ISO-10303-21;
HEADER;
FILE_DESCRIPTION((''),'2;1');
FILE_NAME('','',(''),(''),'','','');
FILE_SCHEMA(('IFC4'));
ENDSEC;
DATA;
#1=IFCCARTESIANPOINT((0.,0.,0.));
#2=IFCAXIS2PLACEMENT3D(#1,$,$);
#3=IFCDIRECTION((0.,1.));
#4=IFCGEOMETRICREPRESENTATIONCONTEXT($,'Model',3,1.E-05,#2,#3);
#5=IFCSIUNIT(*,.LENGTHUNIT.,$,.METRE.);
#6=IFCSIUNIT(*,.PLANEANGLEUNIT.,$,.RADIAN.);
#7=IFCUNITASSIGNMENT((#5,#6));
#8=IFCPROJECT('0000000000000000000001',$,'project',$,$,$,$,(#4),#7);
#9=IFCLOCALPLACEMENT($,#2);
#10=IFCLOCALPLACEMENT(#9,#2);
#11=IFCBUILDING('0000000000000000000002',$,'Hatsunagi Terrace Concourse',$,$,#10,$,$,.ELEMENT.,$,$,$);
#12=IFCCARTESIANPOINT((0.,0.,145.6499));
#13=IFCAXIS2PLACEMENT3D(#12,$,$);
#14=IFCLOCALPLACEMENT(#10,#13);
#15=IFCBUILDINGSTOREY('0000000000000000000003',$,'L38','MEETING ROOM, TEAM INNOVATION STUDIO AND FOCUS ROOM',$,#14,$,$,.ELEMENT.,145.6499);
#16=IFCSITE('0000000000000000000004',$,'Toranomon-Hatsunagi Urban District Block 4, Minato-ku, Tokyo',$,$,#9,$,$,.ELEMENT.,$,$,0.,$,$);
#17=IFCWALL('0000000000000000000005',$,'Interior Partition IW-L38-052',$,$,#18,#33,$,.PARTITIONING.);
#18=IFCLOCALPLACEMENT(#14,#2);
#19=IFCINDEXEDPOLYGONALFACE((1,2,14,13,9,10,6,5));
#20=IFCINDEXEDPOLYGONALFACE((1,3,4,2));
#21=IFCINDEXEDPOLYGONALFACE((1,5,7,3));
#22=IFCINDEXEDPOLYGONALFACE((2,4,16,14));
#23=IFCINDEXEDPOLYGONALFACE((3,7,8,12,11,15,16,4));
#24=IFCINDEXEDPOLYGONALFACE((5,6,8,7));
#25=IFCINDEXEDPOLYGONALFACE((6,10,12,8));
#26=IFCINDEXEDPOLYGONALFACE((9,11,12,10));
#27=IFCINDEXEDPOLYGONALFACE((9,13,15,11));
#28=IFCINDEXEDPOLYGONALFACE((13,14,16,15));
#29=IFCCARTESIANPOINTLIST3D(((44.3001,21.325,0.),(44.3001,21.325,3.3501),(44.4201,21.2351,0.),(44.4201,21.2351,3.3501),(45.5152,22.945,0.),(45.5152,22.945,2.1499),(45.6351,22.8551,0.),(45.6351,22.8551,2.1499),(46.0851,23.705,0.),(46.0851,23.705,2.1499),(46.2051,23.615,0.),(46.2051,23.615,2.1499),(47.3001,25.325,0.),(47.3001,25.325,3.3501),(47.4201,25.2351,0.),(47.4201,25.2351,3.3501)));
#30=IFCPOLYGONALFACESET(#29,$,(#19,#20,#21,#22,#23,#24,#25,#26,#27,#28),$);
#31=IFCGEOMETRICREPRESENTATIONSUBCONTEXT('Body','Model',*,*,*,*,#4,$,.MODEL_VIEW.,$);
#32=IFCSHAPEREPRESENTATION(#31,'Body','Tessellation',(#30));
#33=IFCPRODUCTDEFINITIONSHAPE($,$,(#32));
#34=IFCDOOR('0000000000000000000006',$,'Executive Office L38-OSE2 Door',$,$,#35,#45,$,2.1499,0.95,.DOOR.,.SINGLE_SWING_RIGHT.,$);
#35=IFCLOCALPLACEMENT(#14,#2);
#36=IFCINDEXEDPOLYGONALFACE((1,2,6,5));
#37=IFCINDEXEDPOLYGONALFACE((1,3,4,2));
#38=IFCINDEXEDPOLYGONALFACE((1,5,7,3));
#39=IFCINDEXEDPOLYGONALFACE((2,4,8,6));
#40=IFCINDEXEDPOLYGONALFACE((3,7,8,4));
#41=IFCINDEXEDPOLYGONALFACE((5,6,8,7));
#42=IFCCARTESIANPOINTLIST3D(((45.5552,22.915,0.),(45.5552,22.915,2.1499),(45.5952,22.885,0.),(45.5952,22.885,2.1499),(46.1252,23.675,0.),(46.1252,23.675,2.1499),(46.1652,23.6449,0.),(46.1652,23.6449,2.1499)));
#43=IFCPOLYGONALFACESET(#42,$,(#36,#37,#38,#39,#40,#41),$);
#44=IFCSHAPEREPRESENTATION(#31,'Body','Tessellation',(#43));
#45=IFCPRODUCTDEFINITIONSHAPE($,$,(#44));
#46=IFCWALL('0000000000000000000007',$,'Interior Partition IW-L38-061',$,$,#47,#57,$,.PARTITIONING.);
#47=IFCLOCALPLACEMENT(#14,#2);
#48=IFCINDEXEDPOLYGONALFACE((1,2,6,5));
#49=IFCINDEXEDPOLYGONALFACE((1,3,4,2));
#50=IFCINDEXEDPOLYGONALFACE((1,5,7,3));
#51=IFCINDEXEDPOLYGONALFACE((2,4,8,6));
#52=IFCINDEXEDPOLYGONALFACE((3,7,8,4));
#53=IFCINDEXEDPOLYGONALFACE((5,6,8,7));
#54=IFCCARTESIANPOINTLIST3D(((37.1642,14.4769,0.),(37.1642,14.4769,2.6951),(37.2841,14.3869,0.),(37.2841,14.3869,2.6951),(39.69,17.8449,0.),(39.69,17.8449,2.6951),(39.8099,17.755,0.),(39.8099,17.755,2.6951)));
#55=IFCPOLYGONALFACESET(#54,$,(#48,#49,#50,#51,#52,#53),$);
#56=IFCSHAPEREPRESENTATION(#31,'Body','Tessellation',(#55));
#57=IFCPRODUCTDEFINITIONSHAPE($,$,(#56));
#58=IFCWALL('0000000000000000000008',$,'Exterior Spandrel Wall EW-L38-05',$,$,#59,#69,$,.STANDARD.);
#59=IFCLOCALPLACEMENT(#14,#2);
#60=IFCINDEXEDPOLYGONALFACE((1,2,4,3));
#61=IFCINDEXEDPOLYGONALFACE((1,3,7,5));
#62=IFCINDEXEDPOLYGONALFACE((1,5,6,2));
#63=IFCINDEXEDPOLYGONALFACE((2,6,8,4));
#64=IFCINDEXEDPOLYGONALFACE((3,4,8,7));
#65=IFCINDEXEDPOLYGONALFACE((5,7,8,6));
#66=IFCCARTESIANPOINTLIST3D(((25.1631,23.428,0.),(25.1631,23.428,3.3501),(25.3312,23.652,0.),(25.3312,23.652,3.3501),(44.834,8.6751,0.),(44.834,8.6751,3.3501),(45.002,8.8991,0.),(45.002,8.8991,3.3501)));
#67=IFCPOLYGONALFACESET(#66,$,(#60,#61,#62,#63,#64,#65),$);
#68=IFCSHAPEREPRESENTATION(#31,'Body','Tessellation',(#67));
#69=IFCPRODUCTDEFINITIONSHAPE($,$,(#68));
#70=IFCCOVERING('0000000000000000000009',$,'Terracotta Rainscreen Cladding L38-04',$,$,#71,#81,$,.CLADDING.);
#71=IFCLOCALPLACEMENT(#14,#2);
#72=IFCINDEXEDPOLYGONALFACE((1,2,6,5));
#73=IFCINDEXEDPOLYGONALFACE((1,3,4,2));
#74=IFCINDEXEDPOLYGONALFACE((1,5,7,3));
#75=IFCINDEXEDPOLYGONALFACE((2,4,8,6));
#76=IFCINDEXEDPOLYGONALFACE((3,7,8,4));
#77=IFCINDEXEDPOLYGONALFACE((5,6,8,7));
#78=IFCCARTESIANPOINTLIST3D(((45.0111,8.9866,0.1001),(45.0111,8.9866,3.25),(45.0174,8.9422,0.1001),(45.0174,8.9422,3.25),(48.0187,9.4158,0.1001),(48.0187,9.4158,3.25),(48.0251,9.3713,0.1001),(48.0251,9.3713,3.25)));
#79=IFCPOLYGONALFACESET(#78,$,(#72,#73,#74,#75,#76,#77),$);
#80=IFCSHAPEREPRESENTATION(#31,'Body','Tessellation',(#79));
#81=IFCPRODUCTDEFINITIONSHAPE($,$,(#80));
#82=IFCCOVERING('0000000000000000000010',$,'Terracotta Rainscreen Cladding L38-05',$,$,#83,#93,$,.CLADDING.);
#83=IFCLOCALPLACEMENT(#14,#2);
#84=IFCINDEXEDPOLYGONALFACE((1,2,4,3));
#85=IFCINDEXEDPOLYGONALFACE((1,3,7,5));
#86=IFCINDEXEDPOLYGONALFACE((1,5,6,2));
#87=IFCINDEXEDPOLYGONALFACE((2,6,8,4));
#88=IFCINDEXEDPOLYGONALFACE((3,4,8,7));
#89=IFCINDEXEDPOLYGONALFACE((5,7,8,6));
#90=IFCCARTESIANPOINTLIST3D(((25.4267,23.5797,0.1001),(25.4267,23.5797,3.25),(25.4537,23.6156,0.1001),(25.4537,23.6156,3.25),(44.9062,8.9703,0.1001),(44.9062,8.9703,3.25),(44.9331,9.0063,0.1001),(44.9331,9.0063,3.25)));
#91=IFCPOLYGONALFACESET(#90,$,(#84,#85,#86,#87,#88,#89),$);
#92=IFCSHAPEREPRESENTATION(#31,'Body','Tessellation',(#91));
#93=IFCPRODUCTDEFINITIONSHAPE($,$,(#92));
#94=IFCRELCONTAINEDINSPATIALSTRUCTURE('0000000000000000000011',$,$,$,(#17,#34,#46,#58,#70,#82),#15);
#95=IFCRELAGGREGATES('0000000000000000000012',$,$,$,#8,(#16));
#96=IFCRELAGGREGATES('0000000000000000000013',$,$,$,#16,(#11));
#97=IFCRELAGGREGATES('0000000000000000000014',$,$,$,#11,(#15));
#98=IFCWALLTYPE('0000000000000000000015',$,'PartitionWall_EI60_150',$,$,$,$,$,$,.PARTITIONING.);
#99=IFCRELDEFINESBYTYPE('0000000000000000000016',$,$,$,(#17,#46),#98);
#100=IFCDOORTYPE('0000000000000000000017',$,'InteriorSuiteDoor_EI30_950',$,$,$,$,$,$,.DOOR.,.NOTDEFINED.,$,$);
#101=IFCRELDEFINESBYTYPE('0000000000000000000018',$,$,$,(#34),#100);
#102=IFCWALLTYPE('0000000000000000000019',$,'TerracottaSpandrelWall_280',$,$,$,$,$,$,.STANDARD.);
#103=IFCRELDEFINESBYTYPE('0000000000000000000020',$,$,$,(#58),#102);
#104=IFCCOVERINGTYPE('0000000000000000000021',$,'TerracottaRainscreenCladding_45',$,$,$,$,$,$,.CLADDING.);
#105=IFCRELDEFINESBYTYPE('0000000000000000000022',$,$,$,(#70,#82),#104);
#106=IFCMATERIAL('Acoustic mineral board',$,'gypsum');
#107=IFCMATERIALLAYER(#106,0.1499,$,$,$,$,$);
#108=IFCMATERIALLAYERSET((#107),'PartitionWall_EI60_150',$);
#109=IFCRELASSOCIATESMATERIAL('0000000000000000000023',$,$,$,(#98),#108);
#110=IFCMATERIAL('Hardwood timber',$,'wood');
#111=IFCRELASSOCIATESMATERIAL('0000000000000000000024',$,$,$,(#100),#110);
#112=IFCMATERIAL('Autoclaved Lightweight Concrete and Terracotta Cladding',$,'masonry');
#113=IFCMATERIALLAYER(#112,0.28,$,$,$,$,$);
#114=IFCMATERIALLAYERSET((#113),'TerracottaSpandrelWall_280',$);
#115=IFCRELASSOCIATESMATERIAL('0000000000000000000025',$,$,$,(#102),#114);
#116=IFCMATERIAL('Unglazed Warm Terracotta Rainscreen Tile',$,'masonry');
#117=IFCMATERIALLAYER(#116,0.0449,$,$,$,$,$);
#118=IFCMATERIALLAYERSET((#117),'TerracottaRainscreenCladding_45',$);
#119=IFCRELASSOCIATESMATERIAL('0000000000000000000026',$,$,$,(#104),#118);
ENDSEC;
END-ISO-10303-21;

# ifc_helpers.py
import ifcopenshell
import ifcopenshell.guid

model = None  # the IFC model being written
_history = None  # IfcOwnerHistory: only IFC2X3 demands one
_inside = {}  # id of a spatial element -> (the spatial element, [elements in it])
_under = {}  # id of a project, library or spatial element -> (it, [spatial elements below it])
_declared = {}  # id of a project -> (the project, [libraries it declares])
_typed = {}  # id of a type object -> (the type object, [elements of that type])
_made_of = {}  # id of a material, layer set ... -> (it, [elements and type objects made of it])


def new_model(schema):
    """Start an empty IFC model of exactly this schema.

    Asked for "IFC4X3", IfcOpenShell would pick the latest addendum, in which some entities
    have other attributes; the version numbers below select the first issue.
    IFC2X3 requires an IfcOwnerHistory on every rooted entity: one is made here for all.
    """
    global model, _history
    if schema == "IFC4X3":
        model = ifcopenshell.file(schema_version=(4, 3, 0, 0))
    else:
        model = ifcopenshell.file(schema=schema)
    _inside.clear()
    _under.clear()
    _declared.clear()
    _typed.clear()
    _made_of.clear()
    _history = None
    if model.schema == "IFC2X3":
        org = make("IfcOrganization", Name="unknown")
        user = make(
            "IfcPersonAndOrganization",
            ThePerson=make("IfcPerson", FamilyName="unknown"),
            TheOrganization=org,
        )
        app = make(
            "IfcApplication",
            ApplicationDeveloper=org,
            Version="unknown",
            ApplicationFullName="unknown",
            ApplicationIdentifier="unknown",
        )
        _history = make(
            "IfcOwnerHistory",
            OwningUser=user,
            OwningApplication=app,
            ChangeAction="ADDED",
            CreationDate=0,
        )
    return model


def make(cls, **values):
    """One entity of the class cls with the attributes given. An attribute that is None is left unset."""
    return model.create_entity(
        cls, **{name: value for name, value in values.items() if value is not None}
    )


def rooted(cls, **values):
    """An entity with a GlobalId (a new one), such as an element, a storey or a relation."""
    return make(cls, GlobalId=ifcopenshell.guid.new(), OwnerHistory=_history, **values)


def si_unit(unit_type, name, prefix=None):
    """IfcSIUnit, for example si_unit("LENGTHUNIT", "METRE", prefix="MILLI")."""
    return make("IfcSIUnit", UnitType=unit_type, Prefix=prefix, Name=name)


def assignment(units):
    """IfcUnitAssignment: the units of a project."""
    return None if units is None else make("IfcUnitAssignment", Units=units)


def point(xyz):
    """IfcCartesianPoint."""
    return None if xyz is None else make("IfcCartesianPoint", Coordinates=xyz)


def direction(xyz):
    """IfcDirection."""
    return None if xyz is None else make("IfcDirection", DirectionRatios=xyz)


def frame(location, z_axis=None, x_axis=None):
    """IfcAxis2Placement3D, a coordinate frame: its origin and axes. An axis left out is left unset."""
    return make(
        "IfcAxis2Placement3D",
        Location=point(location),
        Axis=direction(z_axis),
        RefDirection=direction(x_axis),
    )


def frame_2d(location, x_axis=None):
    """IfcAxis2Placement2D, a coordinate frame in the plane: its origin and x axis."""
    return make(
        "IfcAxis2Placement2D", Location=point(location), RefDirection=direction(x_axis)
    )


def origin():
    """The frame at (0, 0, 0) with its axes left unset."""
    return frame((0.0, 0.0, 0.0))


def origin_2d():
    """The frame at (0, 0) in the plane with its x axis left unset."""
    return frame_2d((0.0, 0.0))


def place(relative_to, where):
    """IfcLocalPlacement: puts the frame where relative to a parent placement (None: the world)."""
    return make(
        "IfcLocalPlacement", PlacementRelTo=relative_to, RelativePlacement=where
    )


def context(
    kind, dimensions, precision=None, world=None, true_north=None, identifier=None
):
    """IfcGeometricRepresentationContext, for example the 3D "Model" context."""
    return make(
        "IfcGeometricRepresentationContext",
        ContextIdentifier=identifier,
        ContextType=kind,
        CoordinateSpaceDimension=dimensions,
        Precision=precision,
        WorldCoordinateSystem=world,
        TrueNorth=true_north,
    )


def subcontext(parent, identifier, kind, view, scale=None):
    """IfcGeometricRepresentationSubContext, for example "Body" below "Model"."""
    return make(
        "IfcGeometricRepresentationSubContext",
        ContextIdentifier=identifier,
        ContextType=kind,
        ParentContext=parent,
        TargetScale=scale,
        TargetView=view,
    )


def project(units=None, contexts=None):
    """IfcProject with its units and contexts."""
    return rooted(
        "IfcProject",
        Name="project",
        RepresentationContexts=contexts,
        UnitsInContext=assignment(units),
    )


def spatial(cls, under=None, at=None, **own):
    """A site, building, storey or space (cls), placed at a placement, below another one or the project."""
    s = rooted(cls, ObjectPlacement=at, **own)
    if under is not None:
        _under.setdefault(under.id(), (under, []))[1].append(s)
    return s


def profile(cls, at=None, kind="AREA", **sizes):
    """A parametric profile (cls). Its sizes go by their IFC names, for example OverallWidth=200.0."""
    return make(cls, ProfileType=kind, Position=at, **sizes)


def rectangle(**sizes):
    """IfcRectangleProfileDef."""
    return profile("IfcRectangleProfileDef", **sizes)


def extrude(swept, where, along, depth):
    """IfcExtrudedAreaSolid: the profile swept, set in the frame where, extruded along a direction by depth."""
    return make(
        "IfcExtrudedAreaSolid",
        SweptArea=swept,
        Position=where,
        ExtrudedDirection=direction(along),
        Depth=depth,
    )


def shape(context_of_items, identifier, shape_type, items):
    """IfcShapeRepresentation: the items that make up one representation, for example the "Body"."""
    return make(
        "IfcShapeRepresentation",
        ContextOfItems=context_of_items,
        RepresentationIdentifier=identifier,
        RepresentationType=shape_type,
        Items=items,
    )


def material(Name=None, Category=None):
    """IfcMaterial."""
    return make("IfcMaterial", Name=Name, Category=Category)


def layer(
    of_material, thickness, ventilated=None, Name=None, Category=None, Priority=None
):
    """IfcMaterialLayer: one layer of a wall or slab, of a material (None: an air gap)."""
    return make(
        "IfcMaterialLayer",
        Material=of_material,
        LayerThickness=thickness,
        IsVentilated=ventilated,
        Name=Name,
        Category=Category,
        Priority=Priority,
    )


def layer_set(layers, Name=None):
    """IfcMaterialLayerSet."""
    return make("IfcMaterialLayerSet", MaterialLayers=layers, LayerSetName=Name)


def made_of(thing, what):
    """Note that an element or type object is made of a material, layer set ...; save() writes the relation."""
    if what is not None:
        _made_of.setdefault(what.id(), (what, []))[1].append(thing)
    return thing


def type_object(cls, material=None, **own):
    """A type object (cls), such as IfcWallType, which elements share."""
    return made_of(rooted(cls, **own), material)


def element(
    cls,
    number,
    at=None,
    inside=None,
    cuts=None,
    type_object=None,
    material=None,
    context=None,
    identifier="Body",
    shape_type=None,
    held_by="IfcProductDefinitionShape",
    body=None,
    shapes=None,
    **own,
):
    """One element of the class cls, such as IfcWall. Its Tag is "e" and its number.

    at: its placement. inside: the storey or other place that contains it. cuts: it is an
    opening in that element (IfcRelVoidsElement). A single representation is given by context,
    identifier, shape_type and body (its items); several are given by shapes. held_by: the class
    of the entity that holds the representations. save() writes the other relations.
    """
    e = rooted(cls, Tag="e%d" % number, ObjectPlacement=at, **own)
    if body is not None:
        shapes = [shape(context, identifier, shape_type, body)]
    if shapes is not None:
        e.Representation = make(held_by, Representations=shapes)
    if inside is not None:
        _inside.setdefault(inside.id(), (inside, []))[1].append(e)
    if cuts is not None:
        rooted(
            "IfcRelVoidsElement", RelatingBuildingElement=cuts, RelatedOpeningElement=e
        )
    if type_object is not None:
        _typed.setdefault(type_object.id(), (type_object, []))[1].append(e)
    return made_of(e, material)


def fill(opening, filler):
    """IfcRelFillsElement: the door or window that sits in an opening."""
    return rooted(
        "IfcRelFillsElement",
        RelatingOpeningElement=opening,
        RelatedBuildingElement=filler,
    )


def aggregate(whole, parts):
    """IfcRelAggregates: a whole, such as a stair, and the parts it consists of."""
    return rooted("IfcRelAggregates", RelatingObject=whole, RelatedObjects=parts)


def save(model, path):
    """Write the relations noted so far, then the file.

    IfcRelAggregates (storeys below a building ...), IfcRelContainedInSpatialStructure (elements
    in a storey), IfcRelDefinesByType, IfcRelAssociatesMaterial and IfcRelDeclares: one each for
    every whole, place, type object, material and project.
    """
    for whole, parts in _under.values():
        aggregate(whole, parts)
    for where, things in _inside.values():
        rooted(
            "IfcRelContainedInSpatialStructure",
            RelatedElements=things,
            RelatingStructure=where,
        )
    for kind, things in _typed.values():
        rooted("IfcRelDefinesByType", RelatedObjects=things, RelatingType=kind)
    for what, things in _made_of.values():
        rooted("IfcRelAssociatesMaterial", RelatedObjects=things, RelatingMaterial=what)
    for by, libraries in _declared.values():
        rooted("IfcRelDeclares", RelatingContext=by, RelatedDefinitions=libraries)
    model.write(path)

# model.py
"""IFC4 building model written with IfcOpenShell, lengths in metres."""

from ifc_helpers import new_model, si_unit, direction, frame, frame_2d, origin, origin_2d, place, context, subcontext, project, spatial, rectangle, extrude, material, layer, layer_set, type_object, element, fill, save


model = new_model("IFC4")

# Units and contexts
model_context = context("Model", 3, precision=1e-05, world=origin(), true_north=direction((0.0, 1.0)))
body_context = subcontext(model_context, "Body", "Model", "MODEL_VIEW")
ifc_project = project(units=[si_unit("LENGTHUNIT", "METRE"), si_unit("PLANEANGLEUNIT", "RADIAN")], contexts=[model_context])

# Site, building, storey
site_placement = place(None, origin())
site = spatial("IfcSite", under=ifc_project, at=site_placement, Name="Toranomon-Hatsunagi Urban District Block 4, Minato-ku, Tokyo", CompositionType="ELEMENT", RefElevation=0.0)
building_placement = place(site_placement, origin())
building = spatial("IfcBuilding", under=site, at=building_placement, Name="Hatsunagi Terrace Concourse", CompositionType="ELEMENT")
storey_placement = place(building_placement, frame((0.0, 0.0, 145.6499)))
storey = spatial("IfcBuildingStorey", under=building, at=storey_placement, Name="L38", Description="MEETING ROOM, TEAM INNOVATION STUDIO AND FOCUS ROOM", CompositionType="ELEMENT", Elevation=145.6499)

# Shared definitions
ifc_material_1 = material(Name="Acoustic mineral board", Category="gypsum")
ifc_layer_1 = layer(ifc_material_1, 0.1499)
ifc_layer_set_1 = layer_set([ifc_layer_1], Name="PartitionWall_EI60_150")
wall_type_1 = type_object("IfcWallType", Name="PartitionWall_EI60_150", PredefinedType="PARTITIONING", material=ifc_layer_set_1)

# Wall, opening, door
ifc_material_2 = material(Name="Hardwood timber", Category="wood")
door_type = type_object("IfcDoorType", Name="InteriorSuiteDoor_EI30_950", OperationType="NOTDEFINED", PredefinedType="DOOR", material=ifc_material_2)
wall_1_placement = place(storey_placement, frame((44.3601, 21.28, 0.0), z_axis=(0.0, 0.0, 1.0), x_axis=(0.6, 0.8, 0.0)))
wall_1 = element("IfcWall", 1, at=wall_1_placement, inside=storey, type_object=wall_type_1, Name="Interior Partition IW-L38-052", PredefinedType="PARTITIONING", context=body_context, shape_type="SweptSolid", body=[
    extrude(rectangle(XDim=5.0, YDim=0.1499, at=frame_2d((2.5, 0.0))), origin(), (0.0, 0.0, 1.0), 3.3501),
])
opening_1_placement = place(wall_1_placement, frame((2.0249, 0.0, 0.0)))
opening_1 = element("IfcOpeningElement", 2, at=opening_1_placement, cuts=wall_1, PredefinedType="OPENING", context=body_context, shape_type="SweptSolid", body=[
    extrude(rectangle(XDim=0.95, YDim=2.1499, at=frame_2d((0.4751, 1.075))), frame((0.0, 0.085, 0.0), z_axis=(0.0, -1.0, 0.0), x_axis=(1.0, 0.0, 0.0)), (0.0, 0.0, 1.0), 0.1699),
])
door_1_placement = place(opening_1_placement, origin())
door_1 = element("IfcDoor", 3, at=door_1_placement, inside=storey, type_object=door_type, Name="Executive Office L38-OSE2 Door", OperationType="SINGLE_SWING_RIGHT", OverallHeight=2.1499, OverallWidth=0.95, PredefinedType="DOOR", context=body_context, shape_type="SweptSolid", body=[
    extrude(rectangle(XDim=0.95, YDim=2.1499, at=frame_2d((0.4751, 1.075))), frame((0.0, 0.0249, 0.0), z_axis=(0.0, -1.0, 0.0), x_axis=(1.0, 0.0, 0.0)), (0.0, 0.0, 1.0), 0.05),
])
fill(opening_1, door_1)

# Walls
wall_2_placement = place(storey_placement, frame((37.2241, 14.4319, 0.0), z_axis=(0.0, 0.0, 1.0), x_axis=(0.599963, 0.800028, 0.0)))
element("IfcWall", 4, at=wall_2_placement, inside=storey, type_object=wall_type_1, Name="Interior Partition IW-L38-061", PredefinedType="PARTITIONING", context=body_context, shape_type="SweptSolid", body=[
    extrude(rectangle(XDim=4.21, YDim=0.1499, at=frame_2d((2.105, 0.0))), origin(), (0.0, 0.0, 1.0), 2.6951),
])
ifc_material_3 = material(Name="Autoclaved Lightweight Concrete and Terracotta Cladding", Category="masonry")
ifc_layer_2 = layer(ifc_material_3, 0.28)
ifc_layer_set_2 = layer_set([ifc_layer_2], Name="TerracottaSpandrelWall_280")
wall_type_2 = type_object("IfcWallType", Name="TerracottaSpandrelWall_280", PredefinedType="STANDARD", material=ifc_layer_set_2)
wall_3_placement = place(storey_placement, frame((44.918, 8.7871, 0.0), z_axis=(0.0, 0.0, 1.0), x_axis=(-0.800005, 0.599994, 0.0)))
element("IfcWall", 5, at=wall_3_placement, inside=storey, type_object=wall_type_2, Name="Exterior Spandrel Wall EW-L38-05", PredefinedType="STANDARD", context=body_context, shape_type="SweptSolid", body=[
    extrude(rectangle(XDim=24.5884, YDim=0.28, at=frame_2d((12.2942, 0.0))), origin(), (0.0, 0.0, 1.0), 3.3501),
])

# Coverings
ifc_material_4 = material(Name="Unglazed Warm Terracotta Rainscreen Tile", Category="masonry")
ifc_layer_3 = layer(ifc_material_4, 0.0449)
ifc_layer_set_3 = layer_set([ifc_layer_3], Name="TerracottaRainscreenCladding_45")
covering_type = type_object("IfcCoveringType", Name="TerracottaRainscreenCladding_45", PredefinedType="CLADDING", material=ifc_layer_set_3)
covering_1_placement = place(storey_placement, frame((46.5181, 9.179, 0.1001), z_axis=(0.0, 0.0, 1.0), x_axis=(-0.989974, -0.14125, 0.0)))
element("IfcCovering", 6, at=covering_1_placement, inside=storey, type_object=covering_type, Name="Terracotta Rainscreen Cladding L38-04", PredefinedType="CLADDING", context=body_context, shape_type="SweptSolid", body=[
    extrude(rectangle(XDim=3.0381, YDim=0.0449, at=origin_2d()), origin(), (0.0, 0.0, 1.0), 3.1499),
])
covering_2_placement = place(storey_placement, frame((35.1799, 16.293, 0.1001), z_axis=(0.0, 0.0, 1.0), x_axis=(-0.800005, 0.599993, 0.0)))
element("IfcCovering", 7, at=covering_2_placement, inside=storey, type_object=covering_type, Name="Terracotta Rainscreen Cladding L38-05", PredefinedType="CLADDING", context=body_context, shape_type="SweptSolid", body=[
    extrude(rectangle(XDim=24.3491, YDim=0.0449, at=origin_2d()), origin(), (0.0, 0.0, 1.0), 3.1499),
])

save(model, "model.ifc")
